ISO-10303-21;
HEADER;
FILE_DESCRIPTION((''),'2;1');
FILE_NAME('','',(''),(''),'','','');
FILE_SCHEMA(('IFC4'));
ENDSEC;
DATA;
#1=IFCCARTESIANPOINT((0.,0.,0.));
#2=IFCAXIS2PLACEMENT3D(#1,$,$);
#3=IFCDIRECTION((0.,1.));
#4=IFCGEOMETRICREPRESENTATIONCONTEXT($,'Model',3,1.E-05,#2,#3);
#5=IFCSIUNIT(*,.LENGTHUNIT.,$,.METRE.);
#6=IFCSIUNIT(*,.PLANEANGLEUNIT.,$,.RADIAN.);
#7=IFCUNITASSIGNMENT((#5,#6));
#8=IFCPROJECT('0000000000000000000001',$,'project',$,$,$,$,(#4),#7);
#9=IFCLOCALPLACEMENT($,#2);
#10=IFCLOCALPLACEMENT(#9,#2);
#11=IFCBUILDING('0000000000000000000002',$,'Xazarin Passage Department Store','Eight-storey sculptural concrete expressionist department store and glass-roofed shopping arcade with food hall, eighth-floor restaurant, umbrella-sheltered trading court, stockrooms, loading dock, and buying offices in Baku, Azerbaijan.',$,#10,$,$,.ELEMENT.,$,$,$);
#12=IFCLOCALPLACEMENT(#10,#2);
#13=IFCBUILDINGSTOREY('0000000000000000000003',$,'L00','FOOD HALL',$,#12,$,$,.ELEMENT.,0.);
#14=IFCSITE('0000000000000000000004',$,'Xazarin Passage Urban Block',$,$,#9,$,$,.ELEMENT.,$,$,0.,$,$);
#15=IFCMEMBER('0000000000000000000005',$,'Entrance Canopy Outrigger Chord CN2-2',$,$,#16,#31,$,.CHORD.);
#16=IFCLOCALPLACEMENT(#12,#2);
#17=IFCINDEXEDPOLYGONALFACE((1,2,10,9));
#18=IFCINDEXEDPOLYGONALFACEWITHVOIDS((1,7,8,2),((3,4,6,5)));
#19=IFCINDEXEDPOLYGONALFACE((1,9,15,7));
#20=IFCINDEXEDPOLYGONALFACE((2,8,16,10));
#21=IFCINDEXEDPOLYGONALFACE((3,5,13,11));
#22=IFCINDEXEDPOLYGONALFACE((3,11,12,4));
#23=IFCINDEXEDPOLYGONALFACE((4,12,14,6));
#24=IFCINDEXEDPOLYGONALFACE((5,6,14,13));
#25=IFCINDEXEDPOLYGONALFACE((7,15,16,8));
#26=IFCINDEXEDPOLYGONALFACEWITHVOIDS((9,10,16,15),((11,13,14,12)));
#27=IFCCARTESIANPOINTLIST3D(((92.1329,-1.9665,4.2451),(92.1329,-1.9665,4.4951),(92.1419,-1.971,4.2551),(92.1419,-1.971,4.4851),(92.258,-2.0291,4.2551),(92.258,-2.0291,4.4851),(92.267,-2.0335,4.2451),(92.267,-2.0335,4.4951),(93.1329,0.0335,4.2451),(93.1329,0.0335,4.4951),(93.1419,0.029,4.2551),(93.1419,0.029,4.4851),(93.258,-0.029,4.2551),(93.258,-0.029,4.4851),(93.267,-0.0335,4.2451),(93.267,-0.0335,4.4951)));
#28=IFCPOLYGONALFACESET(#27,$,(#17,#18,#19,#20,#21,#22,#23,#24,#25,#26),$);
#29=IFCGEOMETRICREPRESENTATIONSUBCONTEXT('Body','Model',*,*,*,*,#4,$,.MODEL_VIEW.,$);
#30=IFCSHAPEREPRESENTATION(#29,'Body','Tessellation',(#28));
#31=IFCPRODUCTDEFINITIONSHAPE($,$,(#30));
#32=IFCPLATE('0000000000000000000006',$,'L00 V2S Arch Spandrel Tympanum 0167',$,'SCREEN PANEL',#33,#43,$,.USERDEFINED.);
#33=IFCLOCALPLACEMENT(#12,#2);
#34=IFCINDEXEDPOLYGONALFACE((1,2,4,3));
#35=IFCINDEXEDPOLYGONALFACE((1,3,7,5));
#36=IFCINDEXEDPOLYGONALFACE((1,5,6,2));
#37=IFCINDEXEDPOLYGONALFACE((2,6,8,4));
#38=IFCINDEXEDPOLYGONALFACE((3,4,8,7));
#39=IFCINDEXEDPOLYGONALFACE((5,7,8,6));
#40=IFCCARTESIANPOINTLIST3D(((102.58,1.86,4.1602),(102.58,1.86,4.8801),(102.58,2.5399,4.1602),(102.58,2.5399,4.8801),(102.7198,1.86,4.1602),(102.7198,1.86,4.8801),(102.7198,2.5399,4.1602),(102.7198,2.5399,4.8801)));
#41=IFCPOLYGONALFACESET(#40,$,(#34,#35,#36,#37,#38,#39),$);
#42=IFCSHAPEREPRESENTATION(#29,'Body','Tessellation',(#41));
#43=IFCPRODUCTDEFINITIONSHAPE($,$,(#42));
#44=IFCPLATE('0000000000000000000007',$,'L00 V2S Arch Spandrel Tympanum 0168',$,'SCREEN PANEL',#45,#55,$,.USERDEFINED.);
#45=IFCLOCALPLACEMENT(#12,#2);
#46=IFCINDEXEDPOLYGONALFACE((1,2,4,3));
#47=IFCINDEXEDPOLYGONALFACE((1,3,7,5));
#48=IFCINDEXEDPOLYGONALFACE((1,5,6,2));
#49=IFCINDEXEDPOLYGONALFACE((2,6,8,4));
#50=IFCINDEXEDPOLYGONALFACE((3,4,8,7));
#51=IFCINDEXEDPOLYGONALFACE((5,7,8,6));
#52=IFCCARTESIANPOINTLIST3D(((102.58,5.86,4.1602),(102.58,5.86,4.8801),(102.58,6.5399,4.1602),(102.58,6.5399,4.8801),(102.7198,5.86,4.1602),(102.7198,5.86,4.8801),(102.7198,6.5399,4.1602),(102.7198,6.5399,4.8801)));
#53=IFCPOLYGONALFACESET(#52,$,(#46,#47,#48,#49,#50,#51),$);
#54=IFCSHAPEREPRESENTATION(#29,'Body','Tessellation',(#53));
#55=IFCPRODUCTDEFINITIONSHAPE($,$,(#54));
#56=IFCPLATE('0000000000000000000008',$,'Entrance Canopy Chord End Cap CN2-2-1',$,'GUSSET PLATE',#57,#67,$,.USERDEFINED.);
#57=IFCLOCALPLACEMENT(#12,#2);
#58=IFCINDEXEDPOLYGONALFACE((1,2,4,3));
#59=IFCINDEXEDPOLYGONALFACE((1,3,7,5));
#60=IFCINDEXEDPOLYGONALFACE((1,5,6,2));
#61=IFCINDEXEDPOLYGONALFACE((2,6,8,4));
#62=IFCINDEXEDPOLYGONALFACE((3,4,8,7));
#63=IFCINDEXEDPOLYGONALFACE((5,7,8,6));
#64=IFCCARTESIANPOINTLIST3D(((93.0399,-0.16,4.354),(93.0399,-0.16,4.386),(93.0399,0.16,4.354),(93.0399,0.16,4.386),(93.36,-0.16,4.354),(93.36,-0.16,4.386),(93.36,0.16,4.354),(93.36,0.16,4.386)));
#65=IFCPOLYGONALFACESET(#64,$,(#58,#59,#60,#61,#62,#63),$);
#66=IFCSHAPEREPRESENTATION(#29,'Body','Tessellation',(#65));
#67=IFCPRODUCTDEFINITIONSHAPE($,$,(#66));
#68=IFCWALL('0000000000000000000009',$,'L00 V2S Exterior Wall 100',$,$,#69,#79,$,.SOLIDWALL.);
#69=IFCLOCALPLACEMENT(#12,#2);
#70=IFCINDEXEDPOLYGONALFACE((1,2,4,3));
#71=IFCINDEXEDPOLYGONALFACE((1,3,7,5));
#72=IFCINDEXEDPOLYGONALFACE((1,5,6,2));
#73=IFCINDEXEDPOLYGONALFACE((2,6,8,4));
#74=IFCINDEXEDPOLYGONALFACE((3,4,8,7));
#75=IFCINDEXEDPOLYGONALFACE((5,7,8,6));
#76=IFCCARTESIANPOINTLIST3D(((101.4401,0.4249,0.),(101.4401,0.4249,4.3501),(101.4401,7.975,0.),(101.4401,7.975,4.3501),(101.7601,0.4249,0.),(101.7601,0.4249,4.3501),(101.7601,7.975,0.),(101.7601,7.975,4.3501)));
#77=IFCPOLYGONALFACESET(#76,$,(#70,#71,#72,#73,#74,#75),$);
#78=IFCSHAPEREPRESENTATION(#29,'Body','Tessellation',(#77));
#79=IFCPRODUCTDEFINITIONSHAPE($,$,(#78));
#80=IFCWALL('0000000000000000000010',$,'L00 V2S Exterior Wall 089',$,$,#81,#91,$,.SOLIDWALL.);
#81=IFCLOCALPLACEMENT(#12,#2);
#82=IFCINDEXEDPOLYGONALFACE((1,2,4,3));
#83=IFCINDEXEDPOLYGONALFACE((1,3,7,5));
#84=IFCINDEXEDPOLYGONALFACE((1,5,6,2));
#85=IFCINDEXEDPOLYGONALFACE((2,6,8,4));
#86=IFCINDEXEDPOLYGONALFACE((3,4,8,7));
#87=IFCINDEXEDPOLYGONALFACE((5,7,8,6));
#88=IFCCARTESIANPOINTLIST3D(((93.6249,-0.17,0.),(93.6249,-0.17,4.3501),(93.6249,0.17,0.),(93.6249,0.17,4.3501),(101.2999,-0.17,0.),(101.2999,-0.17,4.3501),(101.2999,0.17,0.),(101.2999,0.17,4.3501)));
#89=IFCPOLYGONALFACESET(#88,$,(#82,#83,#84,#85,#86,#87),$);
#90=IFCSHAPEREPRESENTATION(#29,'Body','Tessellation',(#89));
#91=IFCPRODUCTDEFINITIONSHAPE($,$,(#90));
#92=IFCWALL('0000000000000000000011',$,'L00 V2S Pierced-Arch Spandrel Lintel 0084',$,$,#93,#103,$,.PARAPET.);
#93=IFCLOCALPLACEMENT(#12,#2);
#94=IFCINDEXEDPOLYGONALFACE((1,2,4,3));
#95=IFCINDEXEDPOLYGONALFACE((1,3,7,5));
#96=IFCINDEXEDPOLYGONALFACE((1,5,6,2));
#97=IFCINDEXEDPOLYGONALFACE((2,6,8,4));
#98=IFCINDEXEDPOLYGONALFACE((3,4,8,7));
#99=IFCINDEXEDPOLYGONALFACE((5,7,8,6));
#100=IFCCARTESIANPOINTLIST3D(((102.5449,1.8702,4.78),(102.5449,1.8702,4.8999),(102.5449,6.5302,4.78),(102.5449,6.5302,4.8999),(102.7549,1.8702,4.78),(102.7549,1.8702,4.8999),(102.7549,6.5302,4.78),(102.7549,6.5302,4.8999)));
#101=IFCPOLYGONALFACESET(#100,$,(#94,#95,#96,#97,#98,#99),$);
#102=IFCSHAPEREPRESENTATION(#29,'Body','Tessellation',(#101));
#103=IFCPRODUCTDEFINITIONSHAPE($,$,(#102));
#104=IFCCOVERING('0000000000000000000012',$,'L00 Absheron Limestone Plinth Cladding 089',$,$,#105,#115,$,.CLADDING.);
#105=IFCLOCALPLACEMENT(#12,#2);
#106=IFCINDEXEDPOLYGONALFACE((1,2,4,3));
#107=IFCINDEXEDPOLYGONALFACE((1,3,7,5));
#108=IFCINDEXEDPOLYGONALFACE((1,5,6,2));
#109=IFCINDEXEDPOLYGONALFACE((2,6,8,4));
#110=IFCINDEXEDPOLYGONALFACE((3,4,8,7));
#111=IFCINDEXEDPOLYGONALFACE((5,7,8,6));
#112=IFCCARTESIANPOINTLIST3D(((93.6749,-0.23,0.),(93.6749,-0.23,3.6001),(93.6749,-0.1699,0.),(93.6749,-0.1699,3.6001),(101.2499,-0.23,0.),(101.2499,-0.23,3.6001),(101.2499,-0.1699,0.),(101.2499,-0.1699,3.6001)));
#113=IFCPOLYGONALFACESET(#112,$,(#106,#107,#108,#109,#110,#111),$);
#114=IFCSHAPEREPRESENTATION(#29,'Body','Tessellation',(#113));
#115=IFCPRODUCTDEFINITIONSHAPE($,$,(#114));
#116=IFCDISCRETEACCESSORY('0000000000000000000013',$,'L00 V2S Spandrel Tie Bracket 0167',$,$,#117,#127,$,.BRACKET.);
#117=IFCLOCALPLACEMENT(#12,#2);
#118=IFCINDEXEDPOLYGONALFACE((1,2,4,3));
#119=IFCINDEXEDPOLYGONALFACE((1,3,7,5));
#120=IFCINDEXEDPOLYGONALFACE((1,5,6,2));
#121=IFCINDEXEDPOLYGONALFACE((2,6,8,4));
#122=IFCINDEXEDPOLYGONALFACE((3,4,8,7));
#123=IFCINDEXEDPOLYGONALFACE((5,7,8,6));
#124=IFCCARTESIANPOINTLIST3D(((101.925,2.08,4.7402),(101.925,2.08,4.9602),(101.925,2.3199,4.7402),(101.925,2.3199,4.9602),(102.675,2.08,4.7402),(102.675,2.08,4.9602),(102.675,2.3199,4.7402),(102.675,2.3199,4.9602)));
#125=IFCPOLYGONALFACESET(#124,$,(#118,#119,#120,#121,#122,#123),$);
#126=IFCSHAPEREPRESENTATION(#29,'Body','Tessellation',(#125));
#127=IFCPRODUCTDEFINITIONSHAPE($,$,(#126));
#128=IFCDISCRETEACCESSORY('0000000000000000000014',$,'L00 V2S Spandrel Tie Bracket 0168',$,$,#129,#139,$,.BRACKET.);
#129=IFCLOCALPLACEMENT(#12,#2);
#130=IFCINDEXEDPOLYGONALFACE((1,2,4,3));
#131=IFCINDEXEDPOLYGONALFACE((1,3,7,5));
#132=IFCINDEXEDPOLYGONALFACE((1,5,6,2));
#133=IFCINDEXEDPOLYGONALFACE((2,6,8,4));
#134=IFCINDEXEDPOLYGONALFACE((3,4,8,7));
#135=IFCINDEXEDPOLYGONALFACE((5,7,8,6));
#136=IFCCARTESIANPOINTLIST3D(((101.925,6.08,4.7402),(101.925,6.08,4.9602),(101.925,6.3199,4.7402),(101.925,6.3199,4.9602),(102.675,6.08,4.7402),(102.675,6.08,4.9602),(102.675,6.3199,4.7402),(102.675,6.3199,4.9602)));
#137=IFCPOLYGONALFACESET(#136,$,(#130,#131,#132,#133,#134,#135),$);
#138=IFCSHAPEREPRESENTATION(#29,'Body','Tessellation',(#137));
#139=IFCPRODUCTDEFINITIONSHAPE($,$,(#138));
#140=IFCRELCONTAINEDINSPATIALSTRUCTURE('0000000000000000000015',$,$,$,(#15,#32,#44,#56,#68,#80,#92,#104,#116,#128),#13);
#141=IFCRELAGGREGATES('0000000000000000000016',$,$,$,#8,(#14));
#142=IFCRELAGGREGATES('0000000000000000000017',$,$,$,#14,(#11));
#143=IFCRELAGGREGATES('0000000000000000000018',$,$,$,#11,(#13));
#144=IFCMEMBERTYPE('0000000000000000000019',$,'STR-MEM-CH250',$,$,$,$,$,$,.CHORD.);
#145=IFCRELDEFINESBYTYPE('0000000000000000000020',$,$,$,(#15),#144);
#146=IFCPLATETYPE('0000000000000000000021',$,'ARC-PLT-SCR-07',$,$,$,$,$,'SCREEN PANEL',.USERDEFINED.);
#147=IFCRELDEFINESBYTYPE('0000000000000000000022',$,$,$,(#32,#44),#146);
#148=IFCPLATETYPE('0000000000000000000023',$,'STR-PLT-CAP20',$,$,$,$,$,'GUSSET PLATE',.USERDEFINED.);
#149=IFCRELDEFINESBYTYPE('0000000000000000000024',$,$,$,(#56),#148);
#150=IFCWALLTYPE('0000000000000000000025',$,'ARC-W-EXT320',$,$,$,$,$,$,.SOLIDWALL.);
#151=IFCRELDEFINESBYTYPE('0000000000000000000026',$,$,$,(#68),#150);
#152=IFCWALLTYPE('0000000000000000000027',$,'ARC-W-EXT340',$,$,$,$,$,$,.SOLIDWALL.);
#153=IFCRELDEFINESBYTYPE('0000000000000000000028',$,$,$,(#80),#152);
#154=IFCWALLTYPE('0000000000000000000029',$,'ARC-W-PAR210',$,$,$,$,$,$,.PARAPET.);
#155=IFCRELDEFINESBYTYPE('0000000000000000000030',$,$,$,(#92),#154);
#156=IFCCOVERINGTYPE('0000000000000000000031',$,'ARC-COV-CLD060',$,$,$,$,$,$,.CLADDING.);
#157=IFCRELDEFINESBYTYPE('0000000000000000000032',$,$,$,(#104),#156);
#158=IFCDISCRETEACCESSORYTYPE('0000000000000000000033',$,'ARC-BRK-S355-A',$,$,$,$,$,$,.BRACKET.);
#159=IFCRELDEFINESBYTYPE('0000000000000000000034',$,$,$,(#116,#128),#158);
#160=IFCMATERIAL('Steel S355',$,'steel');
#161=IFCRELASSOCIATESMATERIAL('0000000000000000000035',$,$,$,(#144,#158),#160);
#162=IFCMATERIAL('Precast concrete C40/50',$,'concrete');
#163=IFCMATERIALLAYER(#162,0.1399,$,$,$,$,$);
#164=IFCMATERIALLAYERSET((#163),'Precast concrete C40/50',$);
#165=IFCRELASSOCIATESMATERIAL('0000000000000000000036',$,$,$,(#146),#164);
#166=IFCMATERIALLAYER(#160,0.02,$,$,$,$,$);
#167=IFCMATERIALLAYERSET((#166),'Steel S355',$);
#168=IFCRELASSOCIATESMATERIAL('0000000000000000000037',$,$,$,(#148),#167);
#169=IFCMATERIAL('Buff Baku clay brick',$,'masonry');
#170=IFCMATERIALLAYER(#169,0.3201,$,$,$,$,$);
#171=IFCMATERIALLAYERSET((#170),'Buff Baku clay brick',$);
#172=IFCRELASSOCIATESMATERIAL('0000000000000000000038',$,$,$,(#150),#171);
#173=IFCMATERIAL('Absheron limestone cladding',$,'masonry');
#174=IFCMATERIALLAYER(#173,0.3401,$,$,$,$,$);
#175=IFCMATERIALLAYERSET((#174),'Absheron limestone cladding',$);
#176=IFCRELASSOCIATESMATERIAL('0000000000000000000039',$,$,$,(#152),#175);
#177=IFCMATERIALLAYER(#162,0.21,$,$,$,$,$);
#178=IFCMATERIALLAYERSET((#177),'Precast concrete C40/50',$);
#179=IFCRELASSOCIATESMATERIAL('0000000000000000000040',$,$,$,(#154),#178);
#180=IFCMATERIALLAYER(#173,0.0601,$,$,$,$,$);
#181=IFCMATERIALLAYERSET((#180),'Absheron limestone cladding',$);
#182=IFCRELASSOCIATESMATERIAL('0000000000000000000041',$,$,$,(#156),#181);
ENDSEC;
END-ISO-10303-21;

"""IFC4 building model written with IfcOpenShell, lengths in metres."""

from ifc_helpers import new_model, si_unit, direction, frame, frame_2d, origin, origin_2d, place, context, subcontext, project, spatial, rectangle, hollow_rectangle, extrude, material, layer, layer_set, material_profile, profile_set, type_object, element, save


model = new_model("IFC4")

# Units and contexts
model_context = context("Model", 3, precision=1e-05, world=origin(), true_north=direction((0.0, 1.0)))
body_context = subcontext(model_context, "Body", "Model", "MODEL_VIEW")
ifc_project = project(units=[si_unit("LENGTHUNIT", "METRE"), si_unit("PLANEANGLEUNIT", "RADIAN")], contexts=[model_context])

# Site, building, storey
site_placement = place(None, origin())
site = spatial("IfcSite", under=ifc_project, at=site_placement, Name="Xazarin Passage Urban Block", CompositionType="ELEMENT", RefElevation=0.0)
building_placement = place(site_placement, origin())
building = spatial("IfcBuilding", under=site, at=building_placement, Name="Xazarin Passage Department Store", Description="Eight-storey sculptural concrete expressionist department store and glass-roofed shopping arcade with food hall, eighth-floor restaurant, umbrella-sheltered trading court, stockrooms, loading dock, and buying offices in Baku, Azerbaijan.", CompositionType="ELEMENT")
storey_placement = place(building_placement, origin())
storey = spatial("IfcBuildingStorey", under=building, at=storey_placement, Name="L00", Description="FOOD HALL", CompositionType="ELEMENT", Elevation=0.0)

# Shared definitions
ifc_material_1 = material(Name="Steel S355", Category="steel")

# Member
ifc_material_profile_1 = material_profile(ifc_material_1, hollow_rectangle(XDim=0.1499, YDim=0.25, WallThickness=0.01, at=origin_2d()), Name="RHS 250x150x10")
ifc_profile_set_1 = profile_set([ifc_material_profile_1], Name="Steel S355")
member_type_1 = type_object("IfcMemberType", Name="STR-MEM-CH250", PredefinedType="CHORD", material=ifc_profile_set_1)
member_1_placement = place(storey_placement, frame((93.2, 0.0, 4.3701), z_axis=(-0.447214, -0.894427, 0.0), x_axis=(0.894427, -0.447214, 0.0)))
element("IfcMember", 1, at=member_1_placement, inside=storey, type_object=member_type_1, Name="Entrance Canopy Outrigger Chord CN2-2", PredefinedType="CHORD", context=body_context, shape_type="SweptSolid", body=[
    extrude(hollow_rectangle(XDim=0.1499, YDim=0.25, WallThickness=0.01, at=origin_2d()), origin(), (0.0, 0.0, 1.0), 2.2361),
])

# Plates
ifc_material_2 = material(Name="Precast concrete C40/50", Category="concrete")
ifc_layer_1 = layer(ifc_material_2, 0.1399)
ifc_layer_set_1 = layer_set([ifc_layer_1], Name="Precast concrete C40/50")
plate_type_1 = type_object("IfcPlateType", Name="ARC-PLT-SCR-07", ElementType="SCREEN PANEL", PredefinedType="USERDEFINED", material=ifc_layer_set_1)
for number, where, z_axis, x_axis, name in (
    (2, (102.6499, 2.2, 4.1602), (0.0, 0.0, 1.0), (0.0, 1.0, 0.0), "L00 V2S Arch Spandrel Tympanum 0167"),
    (3, (102.6499, 6.2, 4.1602), (0.0, 0.0, 1.0), (0.0, 1.0, 0.0), "L00 V2S Arch Spandrel Tympanum 0168"),
):
    element("IfcPlate", number, at=place(storey_placement, frame(where, z_axis=z_axis, x_axis=x_axis)), inside=storey, type_object=plate_type_1, Name=name, ObjectType="SCREEN PANEL", PredefinedType="USERDEFINED", context=body_context, shape_type="SweptSolid", body=[
        extrude(rectangle(XDim=0.6799, YDim=0.1399, at=origin_2d()), origin(), (0.0, 0.0, 1.0), 0.72),
    ])
ifc_layer_2 = layer(ifc_material_1, 0.02)
ifc_layer_set_2 = layer_set([ifc_layer_2], Name="Steel S355")
plate_type_2 = type_object("IfcPlateType", Name="STR-PLT-CAP20", ElementType="GUSSET PLATE", PredefinedType="USERDEFINED", material=ifc_layer_set_2)
plate_placement = place(storey_placement, frame((93.2, 0.0, 4.354), z_axis=(0.0, 0.0, 1.0), x_axis=(1.0, 0.0, 0.0)))
element("IfcPlate", 4, at=plate_placement, inside=storey, type_object=plate_type_2, Name="Entrance Canopy Chord End Cap CN2-2-1", ObjectType="GUSSET PLATE", PredefinedType="USERDEFINED", context=body_context, shape_type="SweptSolid", body=[
    extrude(rectangle(XDim=0.3201, YDim=0.3201, at=origin_2d()), origin(), (0.0, 0.0, 1.0), 0.032),
])

# Walls
ifc_material_3 = material(Name="Buff Baku clay brick", Category="masonry")
ifc_layer_3 = layer(ifc_material_3, 0.3201)
ifc_layer_set_3 = layer_set([ifc_layer_3], Name="Buff Baku clay brick")
wall_type_1 = type_object("IfcWallType", Name="ARC-W-EXT320", PredefinedType="SOLIDWALL", material=ifc_layer_set_3)
wall_1_placement = place(storey_placement, frame((101.6001, 0.425, 0.0), z_axis=(0.0, 0.0, 1.0), x_axis=(0.0, 1.0, 0.0)))
element("IfcWall", 5, at=wall_1_placement, inside=storey, type_object=wall_type_1, Name="L00 V2S Exterior Wall 100", PredefinedType="SOLIDWALL", context=body_context, shape_type="SweptSolid", body=[
    extrude(rectangle(XDim=7.55, YDim=0.3201, at=frame_2d((3.7749, 0.0))), origin(), (0.0, 0.0, 1.0), 4.3501),
])
ifc_material_4 = material(Name="Absheron limestone cladding", Category="masonry")
ifc_layer_4 = layer(ifc_material_4, 0.3401)
ifc_layer_set_4 = layer_set([ifc_layer_4], Name="Absheron limestone cladding")
wall_type_2 = type_object("IfcWallType", Name="ARC-W-EXT340", PredefinedType="SOLIDWALL", material=ifc_layer_set_4)
wall_2_placement = place(storey_placement, frame((93.625, 0.0, 0.0), z_axis=(0.0, 0.0, 1.0), x_axis=(1.0, 0.0, 0.0)))
element("IfcWall", 6, at=wall_2_placement, inside=storey, type_object=wall_type_2, Name="L00 V2S Exterior Wall 089", PredefinedType="SOLIDWALL", context=body_context, shape_type="SweptSolid", body=[
    extrude(rectangle(XDim=7.675, YDim=0.3401, at=frame_2d((3.8374, 0.0))), origin(), (0.0, 0.0, 1.0), 4.3501),
])
ifc_layer_5 = layer(ifc_material_2, 0.21)
ifc_layer_set_5 = layer_set([ifc_layer_5], Name="Precast concrete C40/50")
wall_type_3 = type_object("IfcWallType", Name="ARC-W-PAR210", PredefinedType="PARAPET", material=ifc_layer_set_5)
wall_3_placement = place(storey_placement, frame((102.6499, 1.8701, 4.78), z_axis=(0.0, 0.0, 1.0), x_axis=(0.0, 1.0, 0.0)))
element("IfcWall", 7, at=wall_3_placement, inside=storey, type_object=wall_type_3, Name="L00 V2S Pierced-Arch Spandrel Lintel 0084", PredefinedType="PARAPET", context=body_context, shape_type="SweptSolid", body=[
    extrude(rectangle(XDim=4.6599, YDim=0.21, at=frame_2d((2.3301, 0.0))), origin(), (0.0, 0.0, 1.0), 0.1199),
])

# Covering
ifc_layer_6 = layer(ifc_material_4, 0.0601)
ifc_layer_set_6 = layer_set([ifc_layer_6], Name="Absheron limestone cladding")
covering_type = type_object("IfcCoveringType", Name="ARC-COV-CLD060", PredefinedType="CLADDING", material=ifc_layer_set_6)
covering_placement = place(storey_placement, frame((97.4624, -0.2, 0.0), z_axis=(0.0, 0.0, 1.0), x_axis=(1.0, 0.0, 0.0)))
element("IfcCovering", 8, at=covering_placement, inside=storey, type_object=covering_type, Name="L00 Absheron Limestone Plinth Cladding 089", PredefinedType="CLADDING", context=body_context, shape_type="SweptSolid", body=[
    extrude(rectangle(XDim=7.575, YDim=0.0601, at=origin_2d()), origin(), (0.0, 0.0, 1.0), 3.6001),
])

# Discrete accessories
discrete_accessory_type = type_object("IfcDiscreteAccessoryType", Name="ARC-BRK-S355-A", PredefinedType="BRACKET", material=ifc_material_1)
for number, where, z_axis, x_axis, name in (
    (9, (102.3, 2.2, 4.7402), (0.0, 0.0, 1.0), (0.0, 1.0, 0.0), "L00 V2S Spandrel Tie Bracket 0167"),
    (10, (102.3, 6.2, 4.7402), (0.0, 0.0, 1.0), (0.0, 1.0, 0.0), "L00 V2S Spandrel Tie Bracket 0168"),
):
    element("IfcDiscreteAccessory", number, at=place(storey_placement, frame(where, z_axis=z_axis, x_axis=x_axis)), inside=storey, type_object=discrete_accessory_type, Name=name, PredefinedType="BRACKET", context=body_context, shape_type="SweptSolid", body=[
        extrude(rectangle(XDim=0.24, YDim=0.75, at=origin_2d()), origin(), (0.0, 0.0, 1.0), 0.22),
    ])

save(model, "model.ifc")
